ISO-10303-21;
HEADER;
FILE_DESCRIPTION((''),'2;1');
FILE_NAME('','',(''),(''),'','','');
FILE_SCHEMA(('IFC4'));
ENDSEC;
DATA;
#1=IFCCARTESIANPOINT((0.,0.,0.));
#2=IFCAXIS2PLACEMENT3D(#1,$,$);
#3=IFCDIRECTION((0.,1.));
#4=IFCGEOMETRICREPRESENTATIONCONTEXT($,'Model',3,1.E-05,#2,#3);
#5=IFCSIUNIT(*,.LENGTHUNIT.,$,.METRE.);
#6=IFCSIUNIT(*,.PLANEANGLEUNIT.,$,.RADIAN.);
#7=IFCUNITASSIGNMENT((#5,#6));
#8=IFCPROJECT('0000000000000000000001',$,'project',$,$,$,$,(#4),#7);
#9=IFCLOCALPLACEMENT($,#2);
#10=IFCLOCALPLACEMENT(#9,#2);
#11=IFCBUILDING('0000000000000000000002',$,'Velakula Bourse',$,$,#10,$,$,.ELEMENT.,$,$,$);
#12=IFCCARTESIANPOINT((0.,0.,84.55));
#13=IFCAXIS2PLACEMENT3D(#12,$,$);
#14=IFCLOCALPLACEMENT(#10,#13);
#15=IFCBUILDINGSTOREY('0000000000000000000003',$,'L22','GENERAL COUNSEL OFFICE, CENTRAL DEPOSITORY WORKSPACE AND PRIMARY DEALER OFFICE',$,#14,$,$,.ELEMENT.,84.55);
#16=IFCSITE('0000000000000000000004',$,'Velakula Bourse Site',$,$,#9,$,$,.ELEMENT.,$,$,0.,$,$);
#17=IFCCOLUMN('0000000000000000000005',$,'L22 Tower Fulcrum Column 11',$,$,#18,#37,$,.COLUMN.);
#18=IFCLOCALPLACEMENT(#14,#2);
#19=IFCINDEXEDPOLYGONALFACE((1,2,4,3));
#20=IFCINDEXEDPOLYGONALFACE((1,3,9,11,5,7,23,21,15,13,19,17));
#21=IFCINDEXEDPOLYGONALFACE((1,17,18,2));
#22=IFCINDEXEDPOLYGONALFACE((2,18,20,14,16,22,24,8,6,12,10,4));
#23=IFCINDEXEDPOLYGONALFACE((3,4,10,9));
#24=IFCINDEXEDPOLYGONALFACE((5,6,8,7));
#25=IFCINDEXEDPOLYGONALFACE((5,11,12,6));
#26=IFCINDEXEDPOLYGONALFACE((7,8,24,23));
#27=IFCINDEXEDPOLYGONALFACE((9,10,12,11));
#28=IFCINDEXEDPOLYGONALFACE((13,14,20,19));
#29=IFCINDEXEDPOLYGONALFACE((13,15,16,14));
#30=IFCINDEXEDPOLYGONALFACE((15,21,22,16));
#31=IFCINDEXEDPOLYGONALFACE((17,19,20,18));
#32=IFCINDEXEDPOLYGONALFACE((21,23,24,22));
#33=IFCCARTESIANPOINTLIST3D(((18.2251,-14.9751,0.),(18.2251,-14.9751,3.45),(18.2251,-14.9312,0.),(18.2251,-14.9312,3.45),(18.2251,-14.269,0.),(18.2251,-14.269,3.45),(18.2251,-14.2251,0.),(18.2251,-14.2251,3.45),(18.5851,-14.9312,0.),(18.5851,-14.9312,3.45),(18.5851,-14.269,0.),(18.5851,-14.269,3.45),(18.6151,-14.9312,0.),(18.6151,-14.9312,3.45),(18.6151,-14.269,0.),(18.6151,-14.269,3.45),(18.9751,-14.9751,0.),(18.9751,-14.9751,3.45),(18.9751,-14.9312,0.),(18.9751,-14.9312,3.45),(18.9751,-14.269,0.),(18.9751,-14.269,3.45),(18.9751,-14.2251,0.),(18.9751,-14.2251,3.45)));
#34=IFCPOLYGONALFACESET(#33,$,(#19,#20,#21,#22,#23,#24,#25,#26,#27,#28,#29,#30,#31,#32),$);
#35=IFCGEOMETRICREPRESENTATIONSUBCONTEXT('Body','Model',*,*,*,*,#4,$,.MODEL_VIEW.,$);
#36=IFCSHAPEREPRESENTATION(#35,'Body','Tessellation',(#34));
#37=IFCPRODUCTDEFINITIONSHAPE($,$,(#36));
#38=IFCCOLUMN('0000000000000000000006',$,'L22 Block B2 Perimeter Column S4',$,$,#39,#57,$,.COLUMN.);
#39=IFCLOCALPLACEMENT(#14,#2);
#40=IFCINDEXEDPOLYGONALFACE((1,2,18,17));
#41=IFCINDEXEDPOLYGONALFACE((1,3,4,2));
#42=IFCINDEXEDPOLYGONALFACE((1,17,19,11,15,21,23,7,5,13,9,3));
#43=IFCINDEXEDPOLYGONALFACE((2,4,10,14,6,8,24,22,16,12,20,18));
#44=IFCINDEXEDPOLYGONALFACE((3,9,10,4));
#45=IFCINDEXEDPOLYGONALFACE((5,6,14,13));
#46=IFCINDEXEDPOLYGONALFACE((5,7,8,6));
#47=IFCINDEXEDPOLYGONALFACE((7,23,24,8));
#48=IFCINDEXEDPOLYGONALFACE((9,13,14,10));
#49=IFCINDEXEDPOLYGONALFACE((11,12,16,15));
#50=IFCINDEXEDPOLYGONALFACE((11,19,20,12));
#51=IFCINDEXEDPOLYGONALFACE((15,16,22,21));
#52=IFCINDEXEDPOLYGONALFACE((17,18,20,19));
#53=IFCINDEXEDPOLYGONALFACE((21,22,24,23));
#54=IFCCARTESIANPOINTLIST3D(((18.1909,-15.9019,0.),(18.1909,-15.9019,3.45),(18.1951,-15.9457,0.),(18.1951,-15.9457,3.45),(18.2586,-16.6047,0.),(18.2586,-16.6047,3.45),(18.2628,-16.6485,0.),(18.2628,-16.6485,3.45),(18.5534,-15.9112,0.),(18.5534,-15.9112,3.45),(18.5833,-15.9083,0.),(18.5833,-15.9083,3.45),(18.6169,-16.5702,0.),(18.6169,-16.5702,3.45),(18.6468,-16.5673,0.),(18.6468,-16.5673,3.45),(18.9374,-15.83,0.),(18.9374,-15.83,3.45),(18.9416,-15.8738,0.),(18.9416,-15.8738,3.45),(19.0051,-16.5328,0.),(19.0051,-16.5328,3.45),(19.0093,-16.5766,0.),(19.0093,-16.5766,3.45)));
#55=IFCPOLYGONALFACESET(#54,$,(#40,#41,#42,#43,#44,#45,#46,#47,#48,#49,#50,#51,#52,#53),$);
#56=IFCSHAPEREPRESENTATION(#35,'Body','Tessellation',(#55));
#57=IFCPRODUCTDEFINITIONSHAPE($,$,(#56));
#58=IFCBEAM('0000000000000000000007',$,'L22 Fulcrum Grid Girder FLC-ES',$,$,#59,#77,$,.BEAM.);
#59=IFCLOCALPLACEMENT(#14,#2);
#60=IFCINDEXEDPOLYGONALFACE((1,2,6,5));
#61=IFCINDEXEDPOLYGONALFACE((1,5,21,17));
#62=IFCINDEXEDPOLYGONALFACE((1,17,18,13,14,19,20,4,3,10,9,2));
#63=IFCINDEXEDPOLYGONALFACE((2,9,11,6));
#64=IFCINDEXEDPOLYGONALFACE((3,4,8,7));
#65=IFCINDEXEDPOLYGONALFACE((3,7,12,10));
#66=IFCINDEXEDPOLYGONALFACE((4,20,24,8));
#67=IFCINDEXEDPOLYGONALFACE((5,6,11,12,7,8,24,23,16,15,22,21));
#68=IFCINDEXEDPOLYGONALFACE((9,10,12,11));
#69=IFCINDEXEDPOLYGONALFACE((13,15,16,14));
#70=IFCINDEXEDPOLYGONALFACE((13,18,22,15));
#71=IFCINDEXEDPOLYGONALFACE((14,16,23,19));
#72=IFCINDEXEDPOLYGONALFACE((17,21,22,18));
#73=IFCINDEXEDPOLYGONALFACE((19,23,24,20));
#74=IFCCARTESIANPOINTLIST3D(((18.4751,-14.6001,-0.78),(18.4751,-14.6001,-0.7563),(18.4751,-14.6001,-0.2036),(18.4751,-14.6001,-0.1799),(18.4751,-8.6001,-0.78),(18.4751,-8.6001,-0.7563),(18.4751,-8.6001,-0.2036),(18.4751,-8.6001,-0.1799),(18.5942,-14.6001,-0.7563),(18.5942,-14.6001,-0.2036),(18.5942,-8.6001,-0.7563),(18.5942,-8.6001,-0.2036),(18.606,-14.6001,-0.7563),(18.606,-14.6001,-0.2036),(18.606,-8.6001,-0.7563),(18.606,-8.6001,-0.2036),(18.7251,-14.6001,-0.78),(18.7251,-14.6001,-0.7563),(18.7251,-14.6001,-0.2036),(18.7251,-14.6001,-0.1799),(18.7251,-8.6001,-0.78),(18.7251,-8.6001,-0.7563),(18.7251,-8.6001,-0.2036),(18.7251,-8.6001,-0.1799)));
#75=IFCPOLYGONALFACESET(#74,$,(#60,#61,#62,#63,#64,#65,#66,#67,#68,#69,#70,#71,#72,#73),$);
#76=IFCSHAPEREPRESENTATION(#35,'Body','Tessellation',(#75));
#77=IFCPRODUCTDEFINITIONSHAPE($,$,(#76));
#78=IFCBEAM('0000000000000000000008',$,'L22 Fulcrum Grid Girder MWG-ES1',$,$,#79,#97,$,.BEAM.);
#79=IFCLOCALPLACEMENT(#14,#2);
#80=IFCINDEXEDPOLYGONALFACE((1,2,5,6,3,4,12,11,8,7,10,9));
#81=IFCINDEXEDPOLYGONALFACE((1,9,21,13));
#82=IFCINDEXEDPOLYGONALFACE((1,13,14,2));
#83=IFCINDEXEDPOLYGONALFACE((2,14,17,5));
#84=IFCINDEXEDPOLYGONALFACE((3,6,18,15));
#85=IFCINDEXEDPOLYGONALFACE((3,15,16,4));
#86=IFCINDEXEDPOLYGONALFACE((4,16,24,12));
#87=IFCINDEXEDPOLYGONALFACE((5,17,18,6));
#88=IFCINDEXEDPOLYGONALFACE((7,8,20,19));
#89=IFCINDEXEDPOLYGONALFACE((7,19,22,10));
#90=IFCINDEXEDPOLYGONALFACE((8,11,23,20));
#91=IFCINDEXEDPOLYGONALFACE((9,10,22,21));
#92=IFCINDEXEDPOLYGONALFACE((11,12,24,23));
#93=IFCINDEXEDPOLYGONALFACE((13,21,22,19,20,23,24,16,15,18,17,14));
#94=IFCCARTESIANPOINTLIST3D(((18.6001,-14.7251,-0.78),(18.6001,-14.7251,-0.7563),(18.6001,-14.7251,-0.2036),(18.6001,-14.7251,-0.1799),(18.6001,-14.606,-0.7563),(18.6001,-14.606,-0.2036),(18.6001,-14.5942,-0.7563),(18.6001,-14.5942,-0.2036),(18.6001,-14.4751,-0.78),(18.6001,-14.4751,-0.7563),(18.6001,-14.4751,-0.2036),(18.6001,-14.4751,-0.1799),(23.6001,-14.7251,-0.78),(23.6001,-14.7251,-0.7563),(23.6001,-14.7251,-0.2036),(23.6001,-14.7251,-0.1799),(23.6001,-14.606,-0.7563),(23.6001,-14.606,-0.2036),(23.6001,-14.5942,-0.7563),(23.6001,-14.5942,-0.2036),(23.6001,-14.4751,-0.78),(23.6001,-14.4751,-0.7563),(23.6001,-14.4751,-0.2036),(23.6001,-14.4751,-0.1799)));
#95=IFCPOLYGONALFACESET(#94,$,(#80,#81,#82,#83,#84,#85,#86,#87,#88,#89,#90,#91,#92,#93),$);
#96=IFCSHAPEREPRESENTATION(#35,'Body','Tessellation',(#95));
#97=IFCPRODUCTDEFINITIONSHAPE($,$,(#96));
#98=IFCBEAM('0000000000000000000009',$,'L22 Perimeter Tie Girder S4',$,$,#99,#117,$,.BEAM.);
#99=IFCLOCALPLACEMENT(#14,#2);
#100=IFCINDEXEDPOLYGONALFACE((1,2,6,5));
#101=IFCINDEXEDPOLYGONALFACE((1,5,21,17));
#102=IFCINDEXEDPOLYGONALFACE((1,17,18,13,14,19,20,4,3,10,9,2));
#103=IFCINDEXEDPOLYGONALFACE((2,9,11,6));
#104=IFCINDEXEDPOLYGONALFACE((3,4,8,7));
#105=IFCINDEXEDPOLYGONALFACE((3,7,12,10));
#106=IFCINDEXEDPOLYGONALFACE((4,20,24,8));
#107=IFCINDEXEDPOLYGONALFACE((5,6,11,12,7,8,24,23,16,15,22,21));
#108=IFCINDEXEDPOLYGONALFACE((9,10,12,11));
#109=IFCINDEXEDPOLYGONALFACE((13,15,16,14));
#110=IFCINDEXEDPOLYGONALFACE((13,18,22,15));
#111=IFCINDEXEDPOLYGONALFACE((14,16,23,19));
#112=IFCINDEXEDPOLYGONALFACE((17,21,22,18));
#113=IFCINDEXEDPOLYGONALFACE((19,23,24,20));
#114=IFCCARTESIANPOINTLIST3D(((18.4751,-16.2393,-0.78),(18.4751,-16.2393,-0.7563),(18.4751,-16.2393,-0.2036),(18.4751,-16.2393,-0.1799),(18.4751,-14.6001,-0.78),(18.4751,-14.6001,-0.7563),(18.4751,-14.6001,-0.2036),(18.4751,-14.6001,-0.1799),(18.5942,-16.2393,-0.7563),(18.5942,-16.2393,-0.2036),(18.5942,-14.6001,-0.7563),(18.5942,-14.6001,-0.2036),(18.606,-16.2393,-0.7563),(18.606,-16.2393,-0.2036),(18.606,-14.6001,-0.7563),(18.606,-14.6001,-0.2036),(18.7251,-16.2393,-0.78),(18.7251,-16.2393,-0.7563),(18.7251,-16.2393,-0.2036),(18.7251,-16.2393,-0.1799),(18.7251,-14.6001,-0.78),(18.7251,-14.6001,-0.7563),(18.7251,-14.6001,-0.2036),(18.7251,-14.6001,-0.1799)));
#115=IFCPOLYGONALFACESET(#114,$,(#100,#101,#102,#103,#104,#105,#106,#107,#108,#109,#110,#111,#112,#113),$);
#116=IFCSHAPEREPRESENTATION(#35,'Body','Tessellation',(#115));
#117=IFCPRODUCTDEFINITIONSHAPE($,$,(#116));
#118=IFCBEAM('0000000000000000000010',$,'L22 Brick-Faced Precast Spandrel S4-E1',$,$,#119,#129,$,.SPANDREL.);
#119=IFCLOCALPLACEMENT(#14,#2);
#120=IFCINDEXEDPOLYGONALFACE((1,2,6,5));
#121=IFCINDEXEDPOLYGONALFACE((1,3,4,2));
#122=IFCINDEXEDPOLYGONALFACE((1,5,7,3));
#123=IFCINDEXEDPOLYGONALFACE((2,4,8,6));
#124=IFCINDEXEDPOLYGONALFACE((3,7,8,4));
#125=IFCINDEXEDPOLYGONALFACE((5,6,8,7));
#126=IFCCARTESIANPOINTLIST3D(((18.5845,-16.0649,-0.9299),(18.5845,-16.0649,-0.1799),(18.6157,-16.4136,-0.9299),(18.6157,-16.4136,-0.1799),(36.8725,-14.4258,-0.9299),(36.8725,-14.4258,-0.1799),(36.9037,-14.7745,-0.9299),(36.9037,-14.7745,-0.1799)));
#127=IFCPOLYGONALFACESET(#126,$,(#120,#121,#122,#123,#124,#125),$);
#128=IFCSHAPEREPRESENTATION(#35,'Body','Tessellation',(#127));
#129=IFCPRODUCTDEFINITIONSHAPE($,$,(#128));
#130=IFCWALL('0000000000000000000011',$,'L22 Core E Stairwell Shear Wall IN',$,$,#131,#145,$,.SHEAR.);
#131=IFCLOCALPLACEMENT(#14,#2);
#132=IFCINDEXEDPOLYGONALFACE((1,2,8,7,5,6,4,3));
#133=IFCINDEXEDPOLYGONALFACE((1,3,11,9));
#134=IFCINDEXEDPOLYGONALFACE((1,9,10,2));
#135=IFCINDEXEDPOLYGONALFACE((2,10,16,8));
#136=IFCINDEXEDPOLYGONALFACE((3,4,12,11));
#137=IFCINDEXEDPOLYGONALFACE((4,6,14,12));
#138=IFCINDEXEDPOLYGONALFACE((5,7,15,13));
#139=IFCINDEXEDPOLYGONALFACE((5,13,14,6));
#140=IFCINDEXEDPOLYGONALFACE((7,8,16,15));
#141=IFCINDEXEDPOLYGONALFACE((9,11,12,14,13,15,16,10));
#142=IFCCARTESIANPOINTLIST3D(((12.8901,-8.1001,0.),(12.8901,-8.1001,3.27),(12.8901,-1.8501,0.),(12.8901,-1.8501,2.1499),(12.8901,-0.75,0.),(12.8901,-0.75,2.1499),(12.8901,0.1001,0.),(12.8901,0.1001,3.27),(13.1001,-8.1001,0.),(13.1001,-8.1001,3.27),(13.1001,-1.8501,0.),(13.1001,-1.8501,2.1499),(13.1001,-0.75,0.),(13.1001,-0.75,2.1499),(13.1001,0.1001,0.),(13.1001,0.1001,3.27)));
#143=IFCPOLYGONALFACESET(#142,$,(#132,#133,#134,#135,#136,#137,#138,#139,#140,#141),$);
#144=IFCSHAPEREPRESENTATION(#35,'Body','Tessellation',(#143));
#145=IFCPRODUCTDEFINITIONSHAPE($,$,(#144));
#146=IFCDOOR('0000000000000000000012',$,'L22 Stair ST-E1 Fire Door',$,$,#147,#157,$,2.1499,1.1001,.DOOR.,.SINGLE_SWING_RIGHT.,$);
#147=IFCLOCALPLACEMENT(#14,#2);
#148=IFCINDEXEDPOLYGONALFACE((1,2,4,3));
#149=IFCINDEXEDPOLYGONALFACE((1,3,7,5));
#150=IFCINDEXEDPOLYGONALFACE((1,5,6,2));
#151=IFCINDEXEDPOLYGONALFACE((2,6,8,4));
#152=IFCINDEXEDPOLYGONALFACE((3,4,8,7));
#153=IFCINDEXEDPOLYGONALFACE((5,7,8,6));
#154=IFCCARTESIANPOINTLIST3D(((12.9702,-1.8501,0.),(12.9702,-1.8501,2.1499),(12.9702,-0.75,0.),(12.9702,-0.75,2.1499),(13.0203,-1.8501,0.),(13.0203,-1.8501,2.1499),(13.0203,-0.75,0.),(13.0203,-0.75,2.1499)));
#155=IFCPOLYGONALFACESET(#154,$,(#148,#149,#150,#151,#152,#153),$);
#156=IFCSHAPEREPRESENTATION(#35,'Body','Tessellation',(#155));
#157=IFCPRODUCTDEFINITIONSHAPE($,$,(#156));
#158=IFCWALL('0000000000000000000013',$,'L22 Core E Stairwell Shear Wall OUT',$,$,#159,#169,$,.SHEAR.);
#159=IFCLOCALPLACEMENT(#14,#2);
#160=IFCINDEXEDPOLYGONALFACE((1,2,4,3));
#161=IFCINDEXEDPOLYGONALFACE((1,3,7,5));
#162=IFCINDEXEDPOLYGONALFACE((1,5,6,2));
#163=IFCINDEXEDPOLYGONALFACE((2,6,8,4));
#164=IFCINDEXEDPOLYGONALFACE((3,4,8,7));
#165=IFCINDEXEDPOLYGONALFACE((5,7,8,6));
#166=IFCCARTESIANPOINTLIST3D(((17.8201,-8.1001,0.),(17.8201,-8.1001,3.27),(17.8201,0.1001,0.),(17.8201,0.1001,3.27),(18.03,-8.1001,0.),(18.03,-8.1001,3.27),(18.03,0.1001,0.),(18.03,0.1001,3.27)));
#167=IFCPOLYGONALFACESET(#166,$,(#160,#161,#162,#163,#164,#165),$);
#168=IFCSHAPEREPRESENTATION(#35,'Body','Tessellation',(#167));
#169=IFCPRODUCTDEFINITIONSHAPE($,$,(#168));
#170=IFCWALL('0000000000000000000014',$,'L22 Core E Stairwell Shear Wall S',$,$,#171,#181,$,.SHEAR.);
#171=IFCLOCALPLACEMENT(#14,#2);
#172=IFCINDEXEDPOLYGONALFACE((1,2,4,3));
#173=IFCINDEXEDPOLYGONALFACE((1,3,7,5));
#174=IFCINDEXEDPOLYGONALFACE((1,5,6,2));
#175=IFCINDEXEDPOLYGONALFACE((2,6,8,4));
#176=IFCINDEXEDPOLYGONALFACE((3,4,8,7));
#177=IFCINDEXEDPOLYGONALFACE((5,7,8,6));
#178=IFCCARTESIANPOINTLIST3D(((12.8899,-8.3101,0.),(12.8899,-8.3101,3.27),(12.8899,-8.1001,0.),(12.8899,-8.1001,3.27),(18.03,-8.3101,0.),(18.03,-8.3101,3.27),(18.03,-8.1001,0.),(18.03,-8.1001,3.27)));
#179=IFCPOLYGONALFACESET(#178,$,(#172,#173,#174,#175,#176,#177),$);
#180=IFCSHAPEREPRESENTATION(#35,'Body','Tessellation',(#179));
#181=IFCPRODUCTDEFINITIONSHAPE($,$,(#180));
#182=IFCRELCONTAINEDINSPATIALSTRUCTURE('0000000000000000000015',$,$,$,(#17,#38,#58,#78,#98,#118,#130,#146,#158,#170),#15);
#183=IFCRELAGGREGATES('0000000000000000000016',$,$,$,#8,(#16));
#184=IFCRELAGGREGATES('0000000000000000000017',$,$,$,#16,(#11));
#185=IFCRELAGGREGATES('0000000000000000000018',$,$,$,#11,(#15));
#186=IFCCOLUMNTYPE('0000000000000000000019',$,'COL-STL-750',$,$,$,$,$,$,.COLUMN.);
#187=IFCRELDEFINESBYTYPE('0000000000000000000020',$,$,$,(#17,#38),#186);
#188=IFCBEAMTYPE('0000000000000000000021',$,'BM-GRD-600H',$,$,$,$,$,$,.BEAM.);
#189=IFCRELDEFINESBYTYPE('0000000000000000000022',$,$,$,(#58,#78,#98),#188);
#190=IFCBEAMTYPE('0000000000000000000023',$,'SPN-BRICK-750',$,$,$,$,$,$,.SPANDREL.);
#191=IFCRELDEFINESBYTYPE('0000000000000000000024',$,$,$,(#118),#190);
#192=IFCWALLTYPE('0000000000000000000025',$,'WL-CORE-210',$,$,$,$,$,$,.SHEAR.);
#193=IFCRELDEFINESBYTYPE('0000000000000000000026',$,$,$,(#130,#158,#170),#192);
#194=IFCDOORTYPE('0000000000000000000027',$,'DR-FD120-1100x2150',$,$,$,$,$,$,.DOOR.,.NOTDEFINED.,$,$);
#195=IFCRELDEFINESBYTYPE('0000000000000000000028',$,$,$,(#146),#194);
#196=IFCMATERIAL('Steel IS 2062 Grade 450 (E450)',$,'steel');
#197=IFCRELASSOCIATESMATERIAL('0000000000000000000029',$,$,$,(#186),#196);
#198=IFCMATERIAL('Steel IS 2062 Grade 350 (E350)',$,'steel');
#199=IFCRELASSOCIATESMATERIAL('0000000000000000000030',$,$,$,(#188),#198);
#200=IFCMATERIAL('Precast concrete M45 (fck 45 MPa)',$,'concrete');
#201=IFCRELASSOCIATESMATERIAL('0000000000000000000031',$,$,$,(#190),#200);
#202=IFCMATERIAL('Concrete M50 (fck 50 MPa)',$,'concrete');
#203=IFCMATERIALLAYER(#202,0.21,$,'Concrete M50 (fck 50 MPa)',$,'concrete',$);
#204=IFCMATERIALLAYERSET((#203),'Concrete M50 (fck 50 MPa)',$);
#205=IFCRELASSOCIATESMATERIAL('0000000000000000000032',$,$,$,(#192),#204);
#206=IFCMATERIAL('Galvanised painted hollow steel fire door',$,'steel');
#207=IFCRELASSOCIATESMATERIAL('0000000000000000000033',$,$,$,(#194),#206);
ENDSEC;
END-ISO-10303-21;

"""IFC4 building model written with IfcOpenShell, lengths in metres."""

from ifc_helpers import new_model, si_unit, direction, frame, frame_2d, origin, origin_2d, place, context, subcontext, project, spatial, rectangle, i_section, extrude, material, layer, layer_set, material_profile, profile_set, type_object, element, fill, save


model = new_model("IFC4")

# Units and contexts
model_context = context("Model", 3, precision=1e-05, world=origin(), true_north=direction((0.0, 1.0)))
body_context = subcontext(model_context, "Body", "Model", "MODEL_VIEW")
ifc_project = project(units=[si_unit("LENGTHUNIT", "METRE"), si_unit("PLANEANGLEUNIT", "RADIAN")], contexts=[model_context])

# Site, building, storey
site_placement = place(None, origin())
site = spatial("IfcSite", under=ifc_project, at=site_placement, Name="Velakula Bourse Site", CompositionType="ELEMENT", RefElevation=0.0)
building_placement = place(site_placement, origin())
building = spatial("IfcBuilding", under=site, at=building_placement, Name="Velakula Bourse", CompositionType="ELEMENT")
storey_placement = place(building_placement, frame((0.0, 0.0, 84.55)))
storey = spatial("IfcBuildingStorey", under=building, at=storey_placement, Name="L22", Description="GENERAL COUNSEL OFFICE, CENTRAL DEPOSITORY WORKSPACE AND PRIMARY DEALER OFFICE", CompositionType="ELEMENT", Elevation=84.55)

# Columns
ifc_material_1 = material(Name="Steel IS 2062 Grade 450 (E450)", Category="steel")
ifc_material_profile_1 = material_profile(ifc_material_1, i_section(OverallWidth=0.75, OverallDepth=0.75, WebThickness=0.03, FlangeThickness=0.0439, at=origin_2d()), Name="Steel IS 2062 Grade 450 (E450)")
ifc_profile_set_1 = profile_set([ifc_material_profile_1], Name="Steel IS 2062 Grade 450 (E450)")
column_type = type_object("IfcColumnType", Name="COL-STL-750", PredefinedType="COLUMN", material=ifc_profile_set_1)
for number, where, z_axis, x_axis, name in (
    (1, (18.6001, -14.6001, 0.0), (0.0, 0.0, 1.0), (1.0, 0.0, 0.0), "L22 Tower Fulcrum Column 11"),
    (2, (18.6001, -16.2393, 0.0), (0.0, 0.0, 1.0), (0.995396, 0.095846, 0.0), "L22 Block B2 Perimeter Column S4"),
):
    element("IfcColumn", number, at=place(storey_placement, frame(where, z_axis=z_axis, x_axis=x_axis)), inside=storey, type_object=column_type, Name=name, PredefinedType="COLUMN", context=body_context, shape_type="SweptSolid", body=[
        extrude(i_section(OverallWidth=0.75, OverallDepth=0.75, WebThickness=0.03, FlangeThickness=0.0439, at=origin_2d()), origin(), (0.0, 0.0, 1.0), 3.45),
    ])

# Beams
ifc_material_2 = material(Name="Steel IS 2062 Grade 350 (E350)", Category="steel")
ifc_material_profile_2 = material_profile(ifc_material_2, i_section(OverallWidth=0.25, OverallDepth=0.6001, WebThickness=0.0117, FlangeThickness=0.0237, at=origin_2d()), Name="Steel IS 2062 Grade 350 (E350)")
ifc_profile_set_2 = profile_set([ifc_material_profile_2], Name="Steel IS 2062 Grade 350 (E350)")
beam_type_1 = type_object("IfcBeamType", Name="BM-GRD-600H", PredefinedType="BEAM", material=ifc_profile_set_2)
beam_1_placement = place(storey_placement, frame((18.6001, -14.6001, -0.48), z_axis=(0.0, 1.0, 0.0), x_axis=(-1.0, 0.0, 0.0)))
element("IfcBeam", 3, at=beam_1_placement, inside=storey, type_object=beam_type_1, Name="L22 Fulcrum Grid Girder FLC-ES", PredefinedType="BEAM", context=body_context, shape_type="SweptSolid", body=[
    extrude(i_section(OverallWidth=0.25, OverallDepth=0.6001, WebThickness=0.0117, FlangeThickness=0.0237, at=origin_2d()), origin(), (0.0, 0.0, 1.0), 6.0),
])
beam_2_placement = place(storey_placement, frame((18.6001, -14.6001, -0.48), z_axis=(1.0, 0.0, 0.0), x_axis=(0.0, 1.0, 0.0)))
element("IfcBeam", 4, at=beam_2_placement, inside=storey, type_object=beam_type_1, Name="L22 Fulcrum Grid Girder MWG-ES1", PredefinedType="BEAM", context=body_context, shape_type="SweptSolid", body=[
    extrude(i_section(OverallWidth=0.25, OverallDepth=0.6001, WebThickness=0.0117, FlangeThickness=0.0237, at=origin_2d()), origin(), (0.0, 0.0, 1.0), 5.0),
])
beam_3_placement = place(storey_placement, frame((18.6001, -14.6001, -0.48), z_axis=(0.0, -1.0, 0.0), x_axis=(1.0, 0.0, 0.0)))
element("IfcBeam", 5, at=beam_3_placement, inside=storey, type_object=beam_type_1, Name="L22 Perimeter Tie Girder S4", PredefinedType="BEAM", context=body_context, shape_type="SweptSolid", body=[
    extrude(i_section(OverallWidth=0.25, OverallDepth=0.6001, WebThickness=0.0117, FlangeThickness=0.0237, at=origin_2d()), origin(), (0.0, 0.0, 1.0), 1.6392),
])
ifc_material_3 = material(Name="Precast concrete M45 (fck 45 MPa)", Category="concrete")
ifc_material_profile_3 = material_profile(ifc_material_3, rectangle(XDim=0.3501, YDim=0.75, at=origin_2d()), Name="Precast concrete M45 (fck 45 MPa)")
ifc_profile_set_3 = profile_set([ifc_material_profile_3], Name="Precast concrete M45 (fck 45 MPa)")
beam_type_2 = type_object("IfcBeamType", Name="SPN-BRICK-750", PredefinedType="SPANDREL", material=ifc_profile_set_3)
beam_4_placement = place(storey_placement, frame((18.6001, -16.2393, -0.5549), z_axis=(0.996007, 0.089272, 0.0), x_axis=(-0.089272, 0.996007, 0.0)))
element("IfcBeam", 6, at=beam_4_placement, inside=storey, type_object=beam_type_2, Name="L22 Brick-Faced Precast Spandrel S4-E1", PredefinedType="SPANDREL", context=body_context, shape_type="SweptSolid", body=[
    extrude(rectangle(XDim=0.3501, YDim=0.75, at=origin_2d()), origin(), (0.0, 0.0, 1.0), 18.3613),
])

# Wall, opening, door
ifc_material_4 = material(Name="Concrete M50 (fck 50 MPa)", Category="concrete")
ifc_layer_1 = layer(ifc_material_4, 0.21, Name="Concrete M50 (fck 50 MPa)", Category="concrete")
ifc_layer_set_1 = layer_set([ifc_layer_1], Name="Concrete M50 (fck 50 MPa)")
wall_type_1 = type_object("IfcWallType", Name="WL-CORE-210", PredefinedType="SHEAR", material=ifc_layer_set_1)
wall_1_placement = place(storey_placement, frame((12.9951, -8.1001, 0.0), z_axis=(0.0, 0.0, 1.0), x_axis=(0.0, 1.0, 0.0)))
wall_1 = element("IfcWall", 7, at=wall_1_placement, inside=storey, type_object=wall_type_1, Name="L22 Core E Stairwell Shear Wall IN", PredefinedType="SHEAR", context=body_context, shape_type="SweptSolid", body=[
    extrude(rectangle(XDim=8.2002, YDim=0.21, at=frame_2d((4.1001, 0.0))), origin(), (0.0, 0.0, 1.0), 3.27),
])
opening_1_placement = place(wall_1_placement, frame((6.25, 0.0, 0.0)))
opening_1 = element("IfcOpeningElement", 8, at=opening_1_placement, cuts=wall_1, PredefinedType="OPENING", context=body_context, shape_type="SweptSolid", body=[
    extrude(rectangle(XDim=1.1001, YDim=2.1499, at=frame_2d((0.55, 1.075))), frame((0.0, 0.115, 0.0), z_axis=(0.0, -1.0, 0.0), x_axis=(1.0, 0.0, 0.0)), (0.0, 0.0, 1.0), 0.23),
])
ifc_material_5 = material(Name="Galvanised painted hollow steel fire door", Category="steel")
door_type = type_object("IfcDoorType", Name="DR-FD120-1100x2150", OperationType="NOTDEFINED", PredefinedType="DOOR", material=ifc_material_5)
door_placement = place(opening_1_placement, origin())
door = element("IfcDoor", 9, at=door_placement, inside=storey, type_object=door_type, Name="L22 Stair ST-E1 Fire Door", OperationType="SINGLE_SWING_RIGHT", OverallHeight=2.1499, OverallWidth=1.1001, PredefinedType="DOOR", context=body_context, shape_type="SweptSolid", body=[
    extrude(rectangle(XDim=1.1001, YDim=2.1499, at=frame_2d((0.55, 1.075))), frame((0.0, 0.0249, 0.0), z_axis=(0.0, -1.0, 0.0), x_axis=(1.0, 0.0, 0.0)), (0.0, 0.0, 1.0), 0.05),
])
fill(opening_1, door)

# Walls
wall_2_placement = place(storey_placement, frame((17.925, -8.1001, 0.0), z_axis=(0.0, 0.0, 1.0), x_axis=(0.0, 1.0, 0.0)))
element("IfcWall", 10, at=wall_2_placement, inside=storey, type_object=wall_type_1, Name="L22 Core E Stairwell Shear Wall OUT", PredefinedType="SHEAR", context=body_context, shape_type="SweptSolid", body=[
    extrude(rectangle(XDim=8.2002, YDim=0.21, at=frame_2d((4.1001, 0.0))), origin(), (0.0, 0.0, 1.0), 3.27),
])
wall_3_placement = place(storey_placement, frame((12.8899, -8.2051, 0.0), z_axis=(0.0, 0.0, 1.0), x_axis=(1.0, 0.0, 0.0)))
element("IfcWall", 11, at=wall_3_placement, inside=storey, type_object=wall_type_1, Name="L22 Core E Stairwell Shear Wall S", PredefinedType="SHEAR", context=body_context, shape_type="SweptSolid", body=[
    extrude(rectangle(XDim=5.1401, YDim=0.21, at=frame_2d((2.5701, 0.0))), origin(), (0.0, 0.0, 1.0), 3.27),
])

save(model, "model.ifc")
